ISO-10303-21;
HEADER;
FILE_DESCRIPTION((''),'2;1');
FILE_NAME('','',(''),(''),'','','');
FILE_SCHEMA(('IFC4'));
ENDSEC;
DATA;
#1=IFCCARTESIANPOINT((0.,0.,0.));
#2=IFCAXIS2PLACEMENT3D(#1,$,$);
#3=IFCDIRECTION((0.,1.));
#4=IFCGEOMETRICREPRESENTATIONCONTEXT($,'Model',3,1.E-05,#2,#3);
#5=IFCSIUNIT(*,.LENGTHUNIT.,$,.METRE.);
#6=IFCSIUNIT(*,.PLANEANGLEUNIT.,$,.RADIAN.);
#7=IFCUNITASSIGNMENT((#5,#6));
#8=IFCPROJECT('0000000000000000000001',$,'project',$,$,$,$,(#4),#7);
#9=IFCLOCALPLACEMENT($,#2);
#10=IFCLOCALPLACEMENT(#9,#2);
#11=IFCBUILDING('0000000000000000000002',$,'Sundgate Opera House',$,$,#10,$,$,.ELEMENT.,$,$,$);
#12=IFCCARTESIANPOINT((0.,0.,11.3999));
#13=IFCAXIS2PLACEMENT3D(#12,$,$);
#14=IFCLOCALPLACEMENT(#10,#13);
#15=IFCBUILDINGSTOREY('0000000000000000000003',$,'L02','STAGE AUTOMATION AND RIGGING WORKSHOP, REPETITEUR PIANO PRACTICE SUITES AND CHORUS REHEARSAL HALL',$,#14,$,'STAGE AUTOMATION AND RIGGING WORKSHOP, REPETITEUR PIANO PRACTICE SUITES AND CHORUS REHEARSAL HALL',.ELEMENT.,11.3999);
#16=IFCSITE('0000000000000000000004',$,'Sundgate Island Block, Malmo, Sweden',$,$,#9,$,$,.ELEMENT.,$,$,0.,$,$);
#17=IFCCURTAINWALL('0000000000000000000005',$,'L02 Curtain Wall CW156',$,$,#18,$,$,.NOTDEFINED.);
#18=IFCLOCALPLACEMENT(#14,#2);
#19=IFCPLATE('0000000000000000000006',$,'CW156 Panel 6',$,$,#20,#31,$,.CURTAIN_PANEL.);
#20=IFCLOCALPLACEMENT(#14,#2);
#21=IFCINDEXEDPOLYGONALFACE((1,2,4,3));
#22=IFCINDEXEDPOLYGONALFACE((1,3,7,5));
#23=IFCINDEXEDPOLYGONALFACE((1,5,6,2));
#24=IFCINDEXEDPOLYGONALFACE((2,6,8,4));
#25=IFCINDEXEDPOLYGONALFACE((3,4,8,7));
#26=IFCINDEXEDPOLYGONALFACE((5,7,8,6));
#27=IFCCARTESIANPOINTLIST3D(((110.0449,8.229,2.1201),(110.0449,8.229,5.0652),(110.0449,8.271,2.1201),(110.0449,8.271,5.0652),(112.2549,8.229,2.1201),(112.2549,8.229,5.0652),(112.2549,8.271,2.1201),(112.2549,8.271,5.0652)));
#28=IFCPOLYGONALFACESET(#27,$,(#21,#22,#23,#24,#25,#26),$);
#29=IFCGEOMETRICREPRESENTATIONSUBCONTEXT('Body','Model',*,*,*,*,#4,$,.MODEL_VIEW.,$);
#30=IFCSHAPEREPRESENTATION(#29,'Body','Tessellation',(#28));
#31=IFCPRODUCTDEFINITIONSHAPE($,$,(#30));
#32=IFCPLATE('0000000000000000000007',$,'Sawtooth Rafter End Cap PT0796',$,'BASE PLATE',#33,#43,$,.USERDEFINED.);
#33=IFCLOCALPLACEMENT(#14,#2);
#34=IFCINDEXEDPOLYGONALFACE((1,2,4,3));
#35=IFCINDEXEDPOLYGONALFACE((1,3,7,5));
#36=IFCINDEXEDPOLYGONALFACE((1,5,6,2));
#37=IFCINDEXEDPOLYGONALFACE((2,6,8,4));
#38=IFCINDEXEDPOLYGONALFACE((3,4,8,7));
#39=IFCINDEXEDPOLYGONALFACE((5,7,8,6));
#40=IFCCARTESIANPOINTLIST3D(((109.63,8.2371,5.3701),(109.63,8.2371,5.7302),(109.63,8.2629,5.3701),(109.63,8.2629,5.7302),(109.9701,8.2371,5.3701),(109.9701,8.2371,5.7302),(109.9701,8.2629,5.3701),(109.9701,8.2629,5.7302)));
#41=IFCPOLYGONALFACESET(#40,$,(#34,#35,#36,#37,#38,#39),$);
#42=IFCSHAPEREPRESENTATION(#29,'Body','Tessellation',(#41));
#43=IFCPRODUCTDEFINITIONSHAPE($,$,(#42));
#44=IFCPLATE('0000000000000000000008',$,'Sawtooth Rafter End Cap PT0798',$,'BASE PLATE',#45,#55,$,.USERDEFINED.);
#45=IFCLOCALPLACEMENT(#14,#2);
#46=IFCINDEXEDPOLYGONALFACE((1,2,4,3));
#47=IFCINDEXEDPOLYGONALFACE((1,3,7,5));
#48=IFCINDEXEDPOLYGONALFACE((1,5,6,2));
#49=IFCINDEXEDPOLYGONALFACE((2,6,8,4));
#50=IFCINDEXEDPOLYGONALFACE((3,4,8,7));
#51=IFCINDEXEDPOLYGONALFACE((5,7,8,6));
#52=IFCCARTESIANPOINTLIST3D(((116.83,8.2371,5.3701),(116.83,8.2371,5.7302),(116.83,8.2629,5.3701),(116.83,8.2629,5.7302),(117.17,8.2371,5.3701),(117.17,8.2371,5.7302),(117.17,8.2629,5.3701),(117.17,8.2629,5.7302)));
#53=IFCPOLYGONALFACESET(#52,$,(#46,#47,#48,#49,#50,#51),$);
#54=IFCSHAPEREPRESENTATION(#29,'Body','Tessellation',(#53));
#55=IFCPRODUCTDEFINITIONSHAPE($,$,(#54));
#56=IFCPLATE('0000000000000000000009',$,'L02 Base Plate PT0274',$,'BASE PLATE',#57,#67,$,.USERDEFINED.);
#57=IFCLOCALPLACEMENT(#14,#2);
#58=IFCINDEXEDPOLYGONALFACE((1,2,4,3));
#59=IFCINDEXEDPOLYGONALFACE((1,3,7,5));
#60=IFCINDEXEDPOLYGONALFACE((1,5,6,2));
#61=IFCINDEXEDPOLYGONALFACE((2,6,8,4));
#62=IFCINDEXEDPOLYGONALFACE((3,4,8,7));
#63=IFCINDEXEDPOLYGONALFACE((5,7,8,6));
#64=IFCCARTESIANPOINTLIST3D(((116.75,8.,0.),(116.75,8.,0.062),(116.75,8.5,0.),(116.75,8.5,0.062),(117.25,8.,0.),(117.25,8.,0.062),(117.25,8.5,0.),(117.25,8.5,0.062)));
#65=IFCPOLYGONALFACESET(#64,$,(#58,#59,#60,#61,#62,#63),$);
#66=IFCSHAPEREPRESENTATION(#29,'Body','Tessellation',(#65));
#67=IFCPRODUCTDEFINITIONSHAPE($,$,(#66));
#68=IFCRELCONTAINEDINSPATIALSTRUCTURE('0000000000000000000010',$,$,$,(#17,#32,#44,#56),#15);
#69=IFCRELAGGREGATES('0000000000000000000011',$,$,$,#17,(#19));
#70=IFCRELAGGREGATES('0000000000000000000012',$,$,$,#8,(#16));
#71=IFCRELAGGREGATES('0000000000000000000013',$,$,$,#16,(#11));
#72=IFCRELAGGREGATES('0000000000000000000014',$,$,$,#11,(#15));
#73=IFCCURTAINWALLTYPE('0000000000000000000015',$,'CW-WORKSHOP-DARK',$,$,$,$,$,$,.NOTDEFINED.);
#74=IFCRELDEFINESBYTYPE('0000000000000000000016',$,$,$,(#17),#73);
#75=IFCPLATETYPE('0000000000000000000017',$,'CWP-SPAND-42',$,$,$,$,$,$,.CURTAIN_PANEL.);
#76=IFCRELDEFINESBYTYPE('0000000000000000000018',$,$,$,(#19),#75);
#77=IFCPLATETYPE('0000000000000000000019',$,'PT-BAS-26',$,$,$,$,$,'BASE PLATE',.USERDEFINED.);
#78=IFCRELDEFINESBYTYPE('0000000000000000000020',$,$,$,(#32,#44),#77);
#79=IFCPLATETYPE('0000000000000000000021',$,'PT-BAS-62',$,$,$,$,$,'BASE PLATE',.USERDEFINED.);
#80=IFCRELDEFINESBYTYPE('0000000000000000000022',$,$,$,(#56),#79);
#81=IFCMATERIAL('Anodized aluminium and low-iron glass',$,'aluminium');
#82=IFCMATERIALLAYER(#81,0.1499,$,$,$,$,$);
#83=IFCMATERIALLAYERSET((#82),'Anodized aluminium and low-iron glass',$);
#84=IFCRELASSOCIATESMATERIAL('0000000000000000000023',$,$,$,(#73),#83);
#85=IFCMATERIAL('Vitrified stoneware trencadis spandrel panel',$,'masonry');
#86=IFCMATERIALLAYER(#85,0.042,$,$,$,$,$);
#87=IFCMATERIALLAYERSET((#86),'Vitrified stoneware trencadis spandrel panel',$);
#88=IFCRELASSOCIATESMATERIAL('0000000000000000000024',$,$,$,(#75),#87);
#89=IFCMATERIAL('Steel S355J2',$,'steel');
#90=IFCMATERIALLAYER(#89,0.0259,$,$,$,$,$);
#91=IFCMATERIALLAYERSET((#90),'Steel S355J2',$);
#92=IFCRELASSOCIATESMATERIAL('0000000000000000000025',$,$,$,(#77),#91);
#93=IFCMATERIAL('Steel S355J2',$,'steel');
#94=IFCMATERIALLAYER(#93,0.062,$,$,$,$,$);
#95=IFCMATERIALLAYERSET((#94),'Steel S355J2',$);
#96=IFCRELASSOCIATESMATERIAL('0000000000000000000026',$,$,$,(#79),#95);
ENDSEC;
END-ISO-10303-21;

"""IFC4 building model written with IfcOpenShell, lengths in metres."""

from ifc_helpers import new_model, si_unit, direction, frame, origin, origin_2d, place, context, subcontext, project, spatial, rectangle, extrude, material, layer, layer_set, type_object, element, aggregate, save


model = new_model("IFC4")

# Units and contexts
model_context = context("Model", 3, precision=1e-05, world=origin(), true_north=direction((0.0, 1.0)))
body_context = subcontext(model_context, "Body", "Model", "MODEL_VIEW")
ifc_project = project(units=[si_unit("LENGTHUNIT", "METRE"), si_unit("PLANEANGLEUNIT", "RADIAN")], contexts=[model_context])

# Site, building, storey
site_placement = place(None, origin())
site = spatial("IfcSite", under=ifc_project, at=site_placement, Name="Sundgate Island Block, Malmo, Sweden", CompositionType="ELEMENT", RefElevation=0.0)
building_placement = place(site_placement, origin())
building = spatial("IfcBuilding", under=site, at=building_placement, Name="Sundgate Opera House", CompositionType="ELEMENT")
storey_placement = place(building_placement, frame((0.0, 0.0, 11.3999)))
storey = spatial("IfcBuildingStorey", under=building, at=storey_placement, Name="L02", Description="STAGE AUTOMATION AND RIGGING WORKSHOP, REPETITEUR PIANO PRACTICE SUITES AND CHORUS REHEARSAL HALL", LongName="STAGE AUTOMATION AND RIGGING WORKSHOP, REPETITEUR PIANO PRACTICE SUITES AND CHORUS REHEARSAL HALL", CompositionType="ELEMENT", Elevation=11.3999)

# Curtain wall
ifc_material_1 = material(Name="Anodized aluminium and low-iron glass", Category="aluminium")
ifc_layer_1 = layer(ifc_material_1, 0.1499)
ifc_layer_set_1 = layer_set([ifc_layer_1], Name="Anodized aluminium and low-iron glass")
curtain_wall_type = type_object("IfcCurtainWallType", Name="CW-WORKSHOP-DARK", PredefinedType="NOTDEFINED", material=ifc_layer_set_1)
curtain_wall_1_placement = place(storey_placement, origin())
curtain_wall_1 = element("IfcCurtainWall", 1, at=curtain_wall_1_placement, inside=storey, type_object=curtain_wall_type, Name="L02 Curtain Wall CW156", PredefinedType="NOTDEFINED")

# Plate
ifc_material_2 = material(Name="Vitrified stoneware trencadis spandrel panel", Category="masonry")
ifc_layer_2 = layer(ifc_material_2, 0.042)
ifc_layer_set_2 = layer_set([ifc_layer_2], Name="Vitrified stoneware trencadis spandrel panel")
plate_type_1 = type_object("IfcPlateType", Name="CWP-SPAND-42", PredefinedType="CURTAIN_PANEL", material=ifc_layer_set_2)
plate_1_placement = place(storey_placement, frame((111.1499, 8.25, 2.1201), z_axis=(0.0, 0.0, 1.0), x_axis=(-1.0, 0.0, 0.0)))
plate_1 = element("IfcPlate", 2, at=plate_1_placement, type_object=plate_type_1, Name="CW156 Panel 6", PredefinedType="CURTAIN_PANEL", context=body_context, shape_type="SweptSolid", body=[
    extrude(rectangle(XDim=2.21, YDim=0.042, at=origin_2d()), origin(), (0.0, 0.0, 1.0), 2.9451),
])
aggregate(curtain_wall_1, [plate_1])

# Plates
ifc_material_3 = material(Name="Steel S355J2", Category="steel")
ifc_layer_3 = layer(ifc_material_3, 0.0259)
ifc_layer_set_3 = layer_set([ifc_layer_3], Name="Steel S355J2")
plate_type_2 = type_object("IfcPlateType", Name="PT-BAS-26", ElementType="BASE PLATE", PredefinedType="USERDEFINED", material=ifc_layer_set_3)
for number, where, z_axis, x_axis, name in (
    (3, (109.8, 8.25, 5.3701), (0.0, 0.0, 1.0), (1.0, 0.0, 0.0), "Sawtooth Rafter End Cap PT0796"),
    (4, (117.0, 8.25, 5.3701), (0.0, 0.0, 1.0), (1.0, 0.0, 0.0), "Sawtooth Rafter End Cap PT0798"),
):
    element("IfcPlate", number, at=place(storey_placement, frame(where, z_axis=z_axis, x_axis=x_axis)), inside=storey, type_object=plate_type_2, Name=name, ObjectType="BASE PLATE", PredefinedType="USERDEFINED", context=body_context, shape_type="SweptSolid", body=[
        extrude(rectangle(XDim=0.3401, YDim=0.0259, at=origin_2d()), origin(), (0.0, 0.0, 1.0), 0.3601),
    ])
ifc_material_4 = material(Name="Steel S355J2", Category="steel")
ifc_layer_4 = layer(ifc_material_4, 0.062)
ifc_layer_set_4 = layer_set([ifc_layer_4], Name="Steel S355J2")
plate_type_3 = type_object("IfcPlateType", Name="PT-BAS-62", ElementType="BASE PLATE", PredefinedType="USERDEFINED", material=ifc_layer_set_4)
plate_2_placement = place(storey_placement, frame((117.0, 8.25, 0.0), z_axis=(0.0, 0.0, 1.0), x_axis=(1.0, 0.0, 0.0)))
element("IfcPlate", 5, at=plate_2_placement, inside=storey, type_object=plate_type_3, Name="L02 Base Plate PT0274", ObjectType="BASE PLATE", PredefinedType="USERDEFINED", context=body_context, shape_type="SweptSolid", body=[
    extrude(rectangle(XDim=0.5, YDim=0.5, at=origin_2d()), origin(), (0.0, 0.0, 1.0), 0.062),
])

save(model, "model.ifc")
